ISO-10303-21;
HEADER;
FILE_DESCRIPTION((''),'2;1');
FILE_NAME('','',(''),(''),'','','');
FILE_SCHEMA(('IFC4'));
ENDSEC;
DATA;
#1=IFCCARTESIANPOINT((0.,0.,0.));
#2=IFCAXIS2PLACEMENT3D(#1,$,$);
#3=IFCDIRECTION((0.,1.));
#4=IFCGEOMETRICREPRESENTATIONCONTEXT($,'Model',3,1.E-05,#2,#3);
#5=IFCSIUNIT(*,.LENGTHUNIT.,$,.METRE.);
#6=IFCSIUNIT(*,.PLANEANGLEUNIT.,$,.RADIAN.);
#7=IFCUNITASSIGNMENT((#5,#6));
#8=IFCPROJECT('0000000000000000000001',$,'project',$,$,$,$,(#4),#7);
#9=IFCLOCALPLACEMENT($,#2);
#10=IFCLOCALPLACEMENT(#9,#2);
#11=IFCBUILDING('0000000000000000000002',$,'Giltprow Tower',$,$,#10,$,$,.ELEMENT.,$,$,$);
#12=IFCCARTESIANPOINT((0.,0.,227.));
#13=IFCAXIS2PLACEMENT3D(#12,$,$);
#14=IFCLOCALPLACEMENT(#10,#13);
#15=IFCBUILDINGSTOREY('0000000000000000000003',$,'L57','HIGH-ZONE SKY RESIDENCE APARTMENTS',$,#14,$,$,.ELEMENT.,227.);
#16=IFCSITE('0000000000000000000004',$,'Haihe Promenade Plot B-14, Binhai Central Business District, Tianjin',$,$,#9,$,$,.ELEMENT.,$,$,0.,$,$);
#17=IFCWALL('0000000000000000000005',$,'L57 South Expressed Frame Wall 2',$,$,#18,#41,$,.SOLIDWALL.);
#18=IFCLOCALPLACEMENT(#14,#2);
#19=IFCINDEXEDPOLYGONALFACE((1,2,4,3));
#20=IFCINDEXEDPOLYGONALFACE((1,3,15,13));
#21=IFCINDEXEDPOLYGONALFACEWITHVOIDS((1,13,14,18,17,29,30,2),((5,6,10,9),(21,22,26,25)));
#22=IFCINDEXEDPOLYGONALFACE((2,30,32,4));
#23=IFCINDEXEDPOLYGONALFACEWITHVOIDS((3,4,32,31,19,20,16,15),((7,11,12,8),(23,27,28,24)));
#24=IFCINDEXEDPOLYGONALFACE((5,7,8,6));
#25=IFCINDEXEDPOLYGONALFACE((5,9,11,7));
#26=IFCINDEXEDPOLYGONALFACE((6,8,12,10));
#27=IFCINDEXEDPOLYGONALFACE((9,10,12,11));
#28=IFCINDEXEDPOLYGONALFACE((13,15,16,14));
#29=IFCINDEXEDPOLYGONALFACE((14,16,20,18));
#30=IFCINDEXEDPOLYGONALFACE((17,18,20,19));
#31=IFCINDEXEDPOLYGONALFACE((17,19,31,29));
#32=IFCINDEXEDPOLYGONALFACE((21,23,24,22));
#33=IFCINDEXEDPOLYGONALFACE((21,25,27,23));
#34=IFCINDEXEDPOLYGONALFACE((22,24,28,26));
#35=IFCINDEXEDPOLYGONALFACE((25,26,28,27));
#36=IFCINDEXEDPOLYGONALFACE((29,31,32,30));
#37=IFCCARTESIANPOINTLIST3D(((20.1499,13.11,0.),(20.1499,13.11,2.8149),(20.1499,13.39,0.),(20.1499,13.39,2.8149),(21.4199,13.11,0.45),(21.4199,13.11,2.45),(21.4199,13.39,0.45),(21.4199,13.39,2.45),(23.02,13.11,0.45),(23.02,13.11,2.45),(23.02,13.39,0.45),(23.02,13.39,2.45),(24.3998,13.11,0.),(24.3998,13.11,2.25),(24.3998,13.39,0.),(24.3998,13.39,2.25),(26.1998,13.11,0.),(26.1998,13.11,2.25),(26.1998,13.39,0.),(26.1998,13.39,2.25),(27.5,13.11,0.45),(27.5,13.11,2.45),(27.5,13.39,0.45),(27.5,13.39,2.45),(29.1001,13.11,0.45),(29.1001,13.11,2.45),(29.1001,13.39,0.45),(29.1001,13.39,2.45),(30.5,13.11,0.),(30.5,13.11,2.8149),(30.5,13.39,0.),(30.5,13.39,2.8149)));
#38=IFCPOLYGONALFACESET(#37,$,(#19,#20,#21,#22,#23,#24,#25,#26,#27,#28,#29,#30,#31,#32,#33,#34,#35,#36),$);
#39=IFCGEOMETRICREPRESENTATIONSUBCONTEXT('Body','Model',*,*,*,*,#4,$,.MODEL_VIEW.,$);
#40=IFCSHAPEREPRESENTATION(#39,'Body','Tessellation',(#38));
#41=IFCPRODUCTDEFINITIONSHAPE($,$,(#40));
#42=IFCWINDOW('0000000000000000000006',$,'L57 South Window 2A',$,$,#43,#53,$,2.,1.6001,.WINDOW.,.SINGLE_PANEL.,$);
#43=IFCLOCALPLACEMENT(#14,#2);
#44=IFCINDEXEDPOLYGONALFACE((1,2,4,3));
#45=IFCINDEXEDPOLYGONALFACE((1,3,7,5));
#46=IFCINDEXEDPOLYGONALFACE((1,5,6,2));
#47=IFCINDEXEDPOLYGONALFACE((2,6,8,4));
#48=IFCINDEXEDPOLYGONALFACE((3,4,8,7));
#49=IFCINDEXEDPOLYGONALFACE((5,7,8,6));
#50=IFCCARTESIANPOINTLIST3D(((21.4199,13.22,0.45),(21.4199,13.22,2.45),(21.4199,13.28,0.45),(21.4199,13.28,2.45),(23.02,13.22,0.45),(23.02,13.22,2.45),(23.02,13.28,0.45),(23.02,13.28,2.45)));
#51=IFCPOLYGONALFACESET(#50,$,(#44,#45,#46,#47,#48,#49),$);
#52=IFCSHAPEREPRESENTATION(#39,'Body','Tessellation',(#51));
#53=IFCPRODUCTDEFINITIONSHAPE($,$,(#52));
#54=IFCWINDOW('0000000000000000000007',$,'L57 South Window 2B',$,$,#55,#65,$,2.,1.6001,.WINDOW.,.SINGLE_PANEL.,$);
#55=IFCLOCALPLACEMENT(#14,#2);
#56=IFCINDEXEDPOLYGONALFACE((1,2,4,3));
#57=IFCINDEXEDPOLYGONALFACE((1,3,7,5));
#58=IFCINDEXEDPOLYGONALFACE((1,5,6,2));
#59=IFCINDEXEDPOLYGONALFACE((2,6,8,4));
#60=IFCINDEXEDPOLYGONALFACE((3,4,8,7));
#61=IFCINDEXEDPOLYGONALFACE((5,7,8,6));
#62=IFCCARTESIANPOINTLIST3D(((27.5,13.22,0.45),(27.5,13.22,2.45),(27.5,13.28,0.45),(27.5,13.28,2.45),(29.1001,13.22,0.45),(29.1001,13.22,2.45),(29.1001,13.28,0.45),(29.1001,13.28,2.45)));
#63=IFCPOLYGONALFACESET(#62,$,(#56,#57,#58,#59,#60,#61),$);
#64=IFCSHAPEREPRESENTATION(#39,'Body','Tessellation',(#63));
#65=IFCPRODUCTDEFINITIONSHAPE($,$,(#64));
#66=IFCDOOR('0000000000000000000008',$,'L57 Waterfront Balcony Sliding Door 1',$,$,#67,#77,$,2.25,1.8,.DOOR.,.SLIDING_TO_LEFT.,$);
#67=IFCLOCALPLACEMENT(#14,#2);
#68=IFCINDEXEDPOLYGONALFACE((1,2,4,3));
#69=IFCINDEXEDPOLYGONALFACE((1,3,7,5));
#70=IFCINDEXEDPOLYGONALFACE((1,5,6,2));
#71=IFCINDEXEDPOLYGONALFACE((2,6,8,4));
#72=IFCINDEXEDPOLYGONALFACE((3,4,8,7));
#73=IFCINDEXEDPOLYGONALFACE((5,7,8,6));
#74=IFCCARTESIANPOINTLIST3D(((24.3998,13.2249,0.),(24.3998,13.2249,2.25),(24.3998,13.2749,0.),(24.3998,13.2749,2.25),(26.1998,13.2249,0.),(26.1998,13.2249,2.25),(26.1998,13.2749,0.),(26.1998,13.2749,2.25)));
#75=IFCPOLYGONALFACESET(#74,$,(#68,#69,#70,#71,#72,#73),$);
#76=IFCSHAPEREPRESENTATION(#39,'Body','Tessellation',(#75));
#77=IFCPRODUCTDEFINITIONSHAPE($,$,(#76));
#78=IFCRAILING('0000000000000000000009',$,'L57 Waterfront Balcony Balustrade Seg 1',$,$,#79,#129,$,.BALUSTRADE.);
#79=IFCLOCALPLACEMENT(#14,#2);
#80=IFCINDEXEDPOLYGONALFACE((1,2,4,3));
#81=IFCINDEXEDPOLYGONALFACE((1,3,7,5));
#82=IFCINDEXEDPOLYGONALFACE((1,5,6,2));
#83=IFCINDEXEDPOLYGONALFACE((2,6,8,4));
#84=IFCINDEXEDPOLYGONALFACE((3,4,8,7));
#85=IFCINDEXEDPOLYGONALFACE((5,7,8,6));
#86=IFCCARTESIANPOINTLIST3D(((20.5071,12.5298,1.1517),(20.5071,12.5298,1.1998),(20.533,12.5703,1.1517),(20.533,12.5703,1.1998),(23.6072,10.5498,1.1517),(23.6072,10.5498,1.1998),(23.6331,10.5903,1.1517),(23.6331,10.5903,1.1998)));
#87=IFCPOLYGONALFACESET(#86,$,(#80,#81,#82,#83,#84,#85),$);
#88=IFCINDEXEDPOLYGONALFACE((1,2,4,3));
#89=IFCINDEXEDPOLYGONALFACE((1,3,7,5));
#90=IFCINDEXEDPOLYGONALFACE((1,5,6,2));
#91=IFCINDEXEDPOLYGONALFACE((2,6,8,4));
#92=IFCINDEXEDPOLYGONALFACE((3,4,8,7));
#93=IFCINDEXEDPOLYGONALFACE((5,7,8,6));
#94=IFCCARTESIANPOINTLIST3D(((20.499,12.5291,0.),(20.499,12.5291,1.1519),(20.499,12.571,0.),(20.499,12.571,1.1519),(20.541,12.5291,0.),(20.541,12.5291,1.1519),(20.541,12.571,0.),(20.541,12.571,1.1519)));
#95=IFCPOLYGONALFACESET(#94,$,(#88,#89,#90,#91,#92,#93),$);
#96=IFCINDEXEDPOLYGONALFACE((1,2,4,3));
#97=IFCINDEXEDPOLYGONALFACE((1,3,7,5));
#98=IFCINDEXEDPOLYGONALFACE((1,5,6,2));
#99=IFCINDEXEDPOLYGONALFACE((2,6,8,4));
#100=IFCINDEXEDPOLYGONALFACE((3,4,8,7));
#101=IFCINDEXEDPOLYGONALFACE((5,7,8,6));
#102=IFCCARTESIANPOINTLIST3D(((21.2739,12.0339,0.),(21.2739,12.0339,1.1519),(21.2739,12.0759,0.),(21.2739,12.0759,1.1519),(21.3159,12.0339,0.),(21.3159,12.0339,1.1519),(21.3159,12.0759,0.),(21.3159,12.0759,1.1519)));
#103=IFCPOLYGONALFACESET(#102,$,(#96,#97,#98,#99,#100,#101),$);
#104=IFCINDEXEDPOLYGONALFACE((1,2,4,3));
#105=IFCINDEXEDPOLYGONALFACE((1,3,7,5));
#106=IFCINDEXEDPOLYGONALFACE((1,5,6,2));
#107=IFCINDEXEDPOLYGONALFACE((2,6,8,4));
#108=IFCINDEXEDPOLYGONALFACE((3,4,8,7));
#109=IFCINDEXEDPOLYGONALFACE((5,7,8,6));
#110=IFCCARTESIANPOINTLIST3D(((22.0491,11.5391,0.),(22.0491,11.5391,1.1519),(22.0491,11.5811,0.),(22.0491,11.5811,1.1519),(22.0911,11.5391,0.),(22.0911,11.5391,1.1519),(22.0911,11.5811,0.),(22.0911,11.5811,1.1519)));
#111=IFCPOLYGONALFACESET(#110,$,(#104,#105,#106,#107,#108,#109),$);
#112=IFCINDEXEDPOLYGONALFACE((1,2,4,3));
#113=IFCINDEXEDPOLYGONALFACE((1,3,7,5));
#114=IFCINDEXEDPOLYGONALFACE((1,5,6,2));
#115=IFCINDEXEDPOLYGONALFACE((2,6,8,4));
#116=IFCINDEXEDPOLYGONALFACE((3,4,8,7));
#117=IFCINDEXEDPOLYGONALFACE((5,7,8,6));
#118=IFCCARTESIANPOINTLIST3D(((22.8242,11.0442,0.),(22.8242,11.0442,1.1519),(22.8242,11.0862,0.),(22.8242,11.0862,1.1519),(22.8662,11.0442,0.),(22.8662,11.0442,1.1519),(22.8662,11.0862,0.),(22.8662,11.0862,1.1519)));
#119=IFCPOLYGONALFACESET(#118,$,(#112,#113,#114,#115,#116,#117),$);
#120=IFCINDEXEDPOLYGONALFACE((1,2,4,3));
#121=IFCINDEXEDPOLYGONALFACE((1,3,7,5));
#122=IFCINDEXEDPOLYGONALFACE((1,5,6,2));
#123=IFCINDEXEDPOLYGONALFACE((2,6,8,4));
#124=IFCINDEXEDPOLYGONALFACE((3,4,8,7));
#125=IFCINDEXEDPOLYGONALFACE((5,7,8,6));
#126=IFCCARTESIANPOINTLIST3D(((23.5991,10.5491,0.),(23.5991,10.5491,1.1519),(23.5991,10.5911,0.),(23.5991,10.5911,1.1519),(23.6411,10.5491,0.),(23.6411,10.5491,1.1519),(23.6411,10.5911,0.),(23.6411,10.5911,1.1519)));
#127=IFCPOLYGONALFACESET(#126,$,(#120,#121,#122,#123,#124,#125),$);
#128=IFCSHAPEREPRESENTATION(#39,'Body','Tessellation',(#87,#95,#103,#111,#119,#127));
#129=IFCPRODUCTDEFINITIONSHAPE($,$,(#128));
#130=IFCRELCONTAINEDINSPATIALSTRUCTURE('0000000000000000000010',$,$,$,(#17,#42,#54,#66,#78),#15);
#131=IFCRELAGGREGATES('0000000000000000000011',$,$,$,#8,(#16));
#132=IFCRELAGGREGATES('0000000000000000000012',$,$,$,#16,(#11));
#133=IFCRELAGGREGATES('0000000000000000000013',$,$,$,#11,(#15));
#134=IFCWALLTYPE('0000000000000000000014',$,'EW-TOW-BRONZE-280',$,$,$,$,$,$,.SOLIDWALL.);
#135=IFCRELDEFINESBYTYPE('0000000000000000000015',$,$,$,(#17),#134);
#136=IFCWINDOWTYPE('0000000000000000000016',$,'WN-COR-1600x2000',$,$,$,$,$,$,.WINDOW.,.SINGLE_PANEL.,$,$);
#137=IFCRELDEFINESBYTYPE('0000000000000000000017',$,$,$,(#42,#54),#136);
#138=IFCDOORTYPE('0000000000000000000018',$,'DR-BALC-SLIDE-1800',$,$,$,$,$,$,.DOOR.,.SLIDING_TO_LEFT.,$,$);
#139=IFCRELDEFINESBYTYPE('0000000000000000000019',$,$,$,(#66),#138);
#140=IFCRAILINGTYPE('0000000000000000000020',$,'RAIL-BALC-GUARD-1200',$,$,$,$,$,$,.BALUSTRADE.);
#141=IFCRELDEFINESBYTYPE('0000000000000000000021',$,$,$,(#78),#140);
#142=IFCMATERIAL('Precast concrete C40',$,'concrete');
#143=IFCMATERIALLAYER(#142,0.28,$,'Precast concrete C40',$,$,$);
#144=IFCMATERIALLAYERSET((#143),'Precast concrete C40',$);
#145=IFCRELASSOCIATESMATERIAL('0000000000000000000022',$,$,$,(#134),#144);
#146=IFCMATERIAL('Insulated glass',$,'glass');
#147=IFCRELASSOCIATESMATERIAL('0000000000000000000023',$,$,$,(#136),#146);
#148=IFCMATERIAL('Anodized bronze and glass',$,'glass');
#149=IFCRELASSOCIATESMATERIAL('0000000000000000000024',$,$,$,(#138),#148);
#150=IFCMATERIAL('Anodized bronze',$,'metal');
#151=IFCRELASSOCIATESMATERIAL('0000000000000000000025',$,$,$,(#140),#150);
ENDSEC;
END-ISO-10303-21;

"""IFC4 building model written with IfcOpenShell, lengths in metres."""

from ifc_helpers import new_model, si_unit, direction, frame, frame_2d, origin, origin_2d, place, context, subcontext, project, spatial, rectangle, extrude, source, transform, mapped, material, layer, layer_set, type_object, element, fill, save


model = new_model("IFC4")

# Units and contexts
model_context = context("Model", 3, precision=1e-05, world=origin(), true_north=direction((0.0, 1.0)))
body_context = subcontext(model_context, "Body", "Model", "MODEL_VIEW")
ifc_project = project(units=[si_unit("LENGTHUNIT", "METRE"), si_unit("PLANEANGLEUNIT", "RADIAN")], contexts=[model_context])

# Site, building, storey
site_placement = place(None, origin())
site = spatial("IfcSite", under=ifc_project, at=site_placement, Name="Haihe Promenade Plot B-14, Binhai Central Business District, Tianjin", CompositionType="ELEMENT", RefElevation=0.0)
building_placement = place(site_placement, origin())
building = spatial("IfcBuilding", under=site, at=building_placement, Name="Giltprow Tower", CompositionType="ELEMENT")
storey_placement = place(building_placement, frame((0.0, 0.0, 227.0)))
storey = spatial("IfcBuildingStorey", under=building, at=storey_placement, Name="L57", Description="HIGH-ZONE SKY RESIDENCE APARTMENTS", CompositionType="ELEMENT", Elevation=227.0)

# Shared definitions
ifc_material_1 = material(Name="Anodized bronze", Category="metal")
ifc_material_2 = material(Name="Insulated glass", Category="glass")

# Wall, openings, windows, door
ifc_material_3 = material(Name="Precast concrete C40", Category="concrete")
ifc_layer_1 = layer(ifc_material_3, 0.28, Name="Precast concrete C40")
ifc_layer_set_1 = layer_set([ifc_layer_1], Name="Precast concrete C40")
wall_type = type_object("IfcWallType", Name="EW-TOW-BRONZE-280", PredefinedType="SOLIDWALL", material=ifc_layer_set_1)
wall_placement = place(storey_placement, frame((20.1499, 13.25, 0.0), z_axis=(0.0, 0.0, 1.0), x_axis=(1.0, 0.0, 0.0)))
wall = element("IfcWall", 1, at=wall_placement, inside=storey, type_object=wall_type, Name="L57 South Expressed Frame Wall 2", PredefinedType="SOLIDWALL", context=body_context, shape_type="SweptSolid", body=[
    extrude(rectangle(XDim=10.3501, YDim=0.28, at=frame_2d((5.175, 0.0))), origin(), (0.0, 0.0, 1.0), 2.8149),
])
opening_1_placement = place(wall_placement, frame((4.25, 0.0, 0.0)))
opening_1 = element("IfcOpeningElement", 2, at=opening_1_placement, cuts=wall, PredefinedType="OPENING", context=body_context, shape_type="SweptSolid", body=[
    extrude(rectangle(XDim=1.8, YDim=2.25, at=frame_2d((0.8999, 1.125))), frame((0.0, 0.1499, 0.0), z_axis=(0.0, -1.0, 0.0), x_axis=(1.0, 0.0, 0.0)), (0.0, 0.0, 1.0), 0.3),
])
opening_2_placement = place(wall_placement, frame((1.27, 0.0, 0.45)))
opening_2 = element("IfcOpeningElement", 3, at=opening_2_placement, cuts=wall, PredefinedType="OPENING", context=body_context, shape_type="SweptSolid", body=[
    extrude(rectangle(XDim=1.6001, YDim=2.0, at=frame_2d((0.8, 1.0))), frame((0.0, 0.1499, 0.0), z_axis=(0.0, -1.0, 0.0), x_axis=(1.0, 0.0, 0.0)), (0.0, 0.0, 1.0), 0.3),
])
opening_3_placement = place(wall_placement, frame((7.3501, 0.0, 0.45)))
opening_3 = element("IfcOpeningElement", 4, at=opening_3_placement, cuts=wall, PredefinedType="OPENING", context=body_context, shape_type="SweptSolid", body=[
    extrude(rectangle(XDim=1.6001, YDim=2.0, at=frame_2d((0.8, 1.0))), frame((0.0, 0.1499, 0.0), z_axis=(0.0, -1.0, 0.0), x_axis=(1.0, 0.0, 0.0)), (0.0, 0.0, 1.0), 0.3),
])
window_type = type_object("IfcWindowType", Name="WN-COR-1600x2000", PartitioningType="SINGLE_PANEL", PredefinedType="WINDOW", material=ifc_material_2)
shared_shape_1 = source(origin(), body_context, "Body", "SweptSolid", [
    extrude(rectangle(XDim=1.6001, YDim=2.0, at=frame_2d((0.8, 1.0))), frame((0.0, 0.03, 0.0), z_axis=(0.0, -1.0, 0.0), x_axis=(1.0, 0.0, 0.0)), (0.0, 0.0, 1.0), 0.0601),
])
window_1_placement = place(opening_2_placement, origin())
window_1 = element("IfcWindow", 5, at=window_1_placement, inside=storey, type_object=window_type, Name="L57 South Window 2A", OverallHeight=2.0, OverallWidth=1.6001, PartitioningType="SINGLE_PANEL", PredefinedType="WINDOW", context=body_context, shape_type="MappedRepresentation", body=[
    mapped(shared_shape_1, transform((0.0, 0.0, 0.0), x_axis=(1.0, 0.0, 0.0), y_axis=(0.0, 1.0, 0.0), z_axis=(0.0, 0.0, 1.0), scale=1.0)),
])
fill(opening_2, window_1)
window_2_placement = place(opening_3_placement, origin())
window_2 = element("IfcWindow", 6, at=window_2_placement, inside=storey, type_object=window_type, Name="L57 South Window 2B", OverallHeight=2.0, OverallWidth=1.6001, PartitioningType="SINGLE_PANEL", PredefinedType="WINDOW", context=body_context, shape_type="MappedRepresentation", body=[
    mapped(shared_shape_1, transform((0.0, 0.0, 0.0), x_axis=(1.0, 0.0, 0.0), y_axis=(0.0, 1.0, 0.0), z_axis=(0.0, 0.0, 1.0), scale=1.0)),
])
fill(opening_3, window_2)
ifc_material_4 = material(Name="Anodized bronze and glass", Category="glass")
door_type = type_object("IfcDoorType", Name="DR-BALC-SLIDE-1800", OperationType="SLIDING_TO_LEFT", PredefinedType="DOOR", material=ifc_material_4)
shared_shape_2 = source(origin(), body_context, "Body", "SweptSolid", [
    extrude(rectangle(XDim=1.8, YDim=2.25, at=frame_2d((0.8999, 1.125))), frame((0.0, 0.0249, 0.0), z_axis=(0.0, -1.0, 0.0), x_axis=(1.0, 0.0, 0.0)), (0.0, 0.0, 1.0), 0.05),
])
door_placement = place(opening_1_placement, origin())
door = element("IfcDoor", 7, at=door_placement, inside=storey, type_object=door_type, Name="L57 Waterfront Balcony Sliding Door 1", OperationType="SLIDING_TO_LEFT", OverallHeight=2.25, OverallWidth=1.8, PredefinedType="DOOR", context=body_context, shape_type="MappedRepresentation", body=[
    mapped(shared_shape_2, transform((0.0, 0.0, 0.0), x_axis=(1.0, 0.0, 0.0), y_axis=(0.0, 1.0, 0.0), z_axis=(0.0, 0.0, 1.0), scale=1.0)),
])
fill(opening_1, door)

# Railing
railing_type = type_object("IfcRailingType", Name="RAIL-BALC-GUARD-1200", PredefinedType="BALUSTRADE", material=ifc_material_1)
railing_1_placement = place(storey_placement, frame((20.52, 12.55, 0.0)))
element("IfcRailing", 8, at=railing_1_placement, inside=storey, type_object=railing_type, Name="L57 Waterfront Balcony Balustrade Seg 1", PredefinedType="BALUSTRADE", context=body_context, shape_type="SweptSolid", body=[
    extrude(rectangle(XDim=0.0481, YDim=0.0481, at=origin_2d()), frame((0.0, 0.0, 1.1758), z_axis=(0.842775, -0.538266, 0.0), x_axis=(0.538266, 0.842775, 0.0)), (0.0, 0.0, 1.0), 3.6785),
    extrude(rectangle(XDim=0.042, YDim=0.042, at=origin_2d()), origin(), (0.0, 0.0, 1.0), 1.1519),
    extrude(rectangle(XDim=0.042, YDim=0.042, at=origin_2d()), frame((0.7749, -0.4951, 0.0)), (0.0, 0.0, 1.0), 1.1519),
    extrude(rectangle(XDim=0.042, YDim=0.042, at=origin_2d()), frame((1.55, -0.99, 0.0)), (0.0, 0.0, 1.0), 1.1519),
    extrude(rectangle(XDim=0.042, YDim=0.042, at=origin_2d()), frame((2.3252, -1.4849, 0.0)), (0.0, 0.0, 1.0), 1.1519),
    extrude(rectangle(XDim=0.042, YDim=0.042, at=origin_2d()), frame((3.1001, -1.98, 0.0)), (0.0, 0.0, 1.0), 1.1519),
])

save(model, "model.ifc")
